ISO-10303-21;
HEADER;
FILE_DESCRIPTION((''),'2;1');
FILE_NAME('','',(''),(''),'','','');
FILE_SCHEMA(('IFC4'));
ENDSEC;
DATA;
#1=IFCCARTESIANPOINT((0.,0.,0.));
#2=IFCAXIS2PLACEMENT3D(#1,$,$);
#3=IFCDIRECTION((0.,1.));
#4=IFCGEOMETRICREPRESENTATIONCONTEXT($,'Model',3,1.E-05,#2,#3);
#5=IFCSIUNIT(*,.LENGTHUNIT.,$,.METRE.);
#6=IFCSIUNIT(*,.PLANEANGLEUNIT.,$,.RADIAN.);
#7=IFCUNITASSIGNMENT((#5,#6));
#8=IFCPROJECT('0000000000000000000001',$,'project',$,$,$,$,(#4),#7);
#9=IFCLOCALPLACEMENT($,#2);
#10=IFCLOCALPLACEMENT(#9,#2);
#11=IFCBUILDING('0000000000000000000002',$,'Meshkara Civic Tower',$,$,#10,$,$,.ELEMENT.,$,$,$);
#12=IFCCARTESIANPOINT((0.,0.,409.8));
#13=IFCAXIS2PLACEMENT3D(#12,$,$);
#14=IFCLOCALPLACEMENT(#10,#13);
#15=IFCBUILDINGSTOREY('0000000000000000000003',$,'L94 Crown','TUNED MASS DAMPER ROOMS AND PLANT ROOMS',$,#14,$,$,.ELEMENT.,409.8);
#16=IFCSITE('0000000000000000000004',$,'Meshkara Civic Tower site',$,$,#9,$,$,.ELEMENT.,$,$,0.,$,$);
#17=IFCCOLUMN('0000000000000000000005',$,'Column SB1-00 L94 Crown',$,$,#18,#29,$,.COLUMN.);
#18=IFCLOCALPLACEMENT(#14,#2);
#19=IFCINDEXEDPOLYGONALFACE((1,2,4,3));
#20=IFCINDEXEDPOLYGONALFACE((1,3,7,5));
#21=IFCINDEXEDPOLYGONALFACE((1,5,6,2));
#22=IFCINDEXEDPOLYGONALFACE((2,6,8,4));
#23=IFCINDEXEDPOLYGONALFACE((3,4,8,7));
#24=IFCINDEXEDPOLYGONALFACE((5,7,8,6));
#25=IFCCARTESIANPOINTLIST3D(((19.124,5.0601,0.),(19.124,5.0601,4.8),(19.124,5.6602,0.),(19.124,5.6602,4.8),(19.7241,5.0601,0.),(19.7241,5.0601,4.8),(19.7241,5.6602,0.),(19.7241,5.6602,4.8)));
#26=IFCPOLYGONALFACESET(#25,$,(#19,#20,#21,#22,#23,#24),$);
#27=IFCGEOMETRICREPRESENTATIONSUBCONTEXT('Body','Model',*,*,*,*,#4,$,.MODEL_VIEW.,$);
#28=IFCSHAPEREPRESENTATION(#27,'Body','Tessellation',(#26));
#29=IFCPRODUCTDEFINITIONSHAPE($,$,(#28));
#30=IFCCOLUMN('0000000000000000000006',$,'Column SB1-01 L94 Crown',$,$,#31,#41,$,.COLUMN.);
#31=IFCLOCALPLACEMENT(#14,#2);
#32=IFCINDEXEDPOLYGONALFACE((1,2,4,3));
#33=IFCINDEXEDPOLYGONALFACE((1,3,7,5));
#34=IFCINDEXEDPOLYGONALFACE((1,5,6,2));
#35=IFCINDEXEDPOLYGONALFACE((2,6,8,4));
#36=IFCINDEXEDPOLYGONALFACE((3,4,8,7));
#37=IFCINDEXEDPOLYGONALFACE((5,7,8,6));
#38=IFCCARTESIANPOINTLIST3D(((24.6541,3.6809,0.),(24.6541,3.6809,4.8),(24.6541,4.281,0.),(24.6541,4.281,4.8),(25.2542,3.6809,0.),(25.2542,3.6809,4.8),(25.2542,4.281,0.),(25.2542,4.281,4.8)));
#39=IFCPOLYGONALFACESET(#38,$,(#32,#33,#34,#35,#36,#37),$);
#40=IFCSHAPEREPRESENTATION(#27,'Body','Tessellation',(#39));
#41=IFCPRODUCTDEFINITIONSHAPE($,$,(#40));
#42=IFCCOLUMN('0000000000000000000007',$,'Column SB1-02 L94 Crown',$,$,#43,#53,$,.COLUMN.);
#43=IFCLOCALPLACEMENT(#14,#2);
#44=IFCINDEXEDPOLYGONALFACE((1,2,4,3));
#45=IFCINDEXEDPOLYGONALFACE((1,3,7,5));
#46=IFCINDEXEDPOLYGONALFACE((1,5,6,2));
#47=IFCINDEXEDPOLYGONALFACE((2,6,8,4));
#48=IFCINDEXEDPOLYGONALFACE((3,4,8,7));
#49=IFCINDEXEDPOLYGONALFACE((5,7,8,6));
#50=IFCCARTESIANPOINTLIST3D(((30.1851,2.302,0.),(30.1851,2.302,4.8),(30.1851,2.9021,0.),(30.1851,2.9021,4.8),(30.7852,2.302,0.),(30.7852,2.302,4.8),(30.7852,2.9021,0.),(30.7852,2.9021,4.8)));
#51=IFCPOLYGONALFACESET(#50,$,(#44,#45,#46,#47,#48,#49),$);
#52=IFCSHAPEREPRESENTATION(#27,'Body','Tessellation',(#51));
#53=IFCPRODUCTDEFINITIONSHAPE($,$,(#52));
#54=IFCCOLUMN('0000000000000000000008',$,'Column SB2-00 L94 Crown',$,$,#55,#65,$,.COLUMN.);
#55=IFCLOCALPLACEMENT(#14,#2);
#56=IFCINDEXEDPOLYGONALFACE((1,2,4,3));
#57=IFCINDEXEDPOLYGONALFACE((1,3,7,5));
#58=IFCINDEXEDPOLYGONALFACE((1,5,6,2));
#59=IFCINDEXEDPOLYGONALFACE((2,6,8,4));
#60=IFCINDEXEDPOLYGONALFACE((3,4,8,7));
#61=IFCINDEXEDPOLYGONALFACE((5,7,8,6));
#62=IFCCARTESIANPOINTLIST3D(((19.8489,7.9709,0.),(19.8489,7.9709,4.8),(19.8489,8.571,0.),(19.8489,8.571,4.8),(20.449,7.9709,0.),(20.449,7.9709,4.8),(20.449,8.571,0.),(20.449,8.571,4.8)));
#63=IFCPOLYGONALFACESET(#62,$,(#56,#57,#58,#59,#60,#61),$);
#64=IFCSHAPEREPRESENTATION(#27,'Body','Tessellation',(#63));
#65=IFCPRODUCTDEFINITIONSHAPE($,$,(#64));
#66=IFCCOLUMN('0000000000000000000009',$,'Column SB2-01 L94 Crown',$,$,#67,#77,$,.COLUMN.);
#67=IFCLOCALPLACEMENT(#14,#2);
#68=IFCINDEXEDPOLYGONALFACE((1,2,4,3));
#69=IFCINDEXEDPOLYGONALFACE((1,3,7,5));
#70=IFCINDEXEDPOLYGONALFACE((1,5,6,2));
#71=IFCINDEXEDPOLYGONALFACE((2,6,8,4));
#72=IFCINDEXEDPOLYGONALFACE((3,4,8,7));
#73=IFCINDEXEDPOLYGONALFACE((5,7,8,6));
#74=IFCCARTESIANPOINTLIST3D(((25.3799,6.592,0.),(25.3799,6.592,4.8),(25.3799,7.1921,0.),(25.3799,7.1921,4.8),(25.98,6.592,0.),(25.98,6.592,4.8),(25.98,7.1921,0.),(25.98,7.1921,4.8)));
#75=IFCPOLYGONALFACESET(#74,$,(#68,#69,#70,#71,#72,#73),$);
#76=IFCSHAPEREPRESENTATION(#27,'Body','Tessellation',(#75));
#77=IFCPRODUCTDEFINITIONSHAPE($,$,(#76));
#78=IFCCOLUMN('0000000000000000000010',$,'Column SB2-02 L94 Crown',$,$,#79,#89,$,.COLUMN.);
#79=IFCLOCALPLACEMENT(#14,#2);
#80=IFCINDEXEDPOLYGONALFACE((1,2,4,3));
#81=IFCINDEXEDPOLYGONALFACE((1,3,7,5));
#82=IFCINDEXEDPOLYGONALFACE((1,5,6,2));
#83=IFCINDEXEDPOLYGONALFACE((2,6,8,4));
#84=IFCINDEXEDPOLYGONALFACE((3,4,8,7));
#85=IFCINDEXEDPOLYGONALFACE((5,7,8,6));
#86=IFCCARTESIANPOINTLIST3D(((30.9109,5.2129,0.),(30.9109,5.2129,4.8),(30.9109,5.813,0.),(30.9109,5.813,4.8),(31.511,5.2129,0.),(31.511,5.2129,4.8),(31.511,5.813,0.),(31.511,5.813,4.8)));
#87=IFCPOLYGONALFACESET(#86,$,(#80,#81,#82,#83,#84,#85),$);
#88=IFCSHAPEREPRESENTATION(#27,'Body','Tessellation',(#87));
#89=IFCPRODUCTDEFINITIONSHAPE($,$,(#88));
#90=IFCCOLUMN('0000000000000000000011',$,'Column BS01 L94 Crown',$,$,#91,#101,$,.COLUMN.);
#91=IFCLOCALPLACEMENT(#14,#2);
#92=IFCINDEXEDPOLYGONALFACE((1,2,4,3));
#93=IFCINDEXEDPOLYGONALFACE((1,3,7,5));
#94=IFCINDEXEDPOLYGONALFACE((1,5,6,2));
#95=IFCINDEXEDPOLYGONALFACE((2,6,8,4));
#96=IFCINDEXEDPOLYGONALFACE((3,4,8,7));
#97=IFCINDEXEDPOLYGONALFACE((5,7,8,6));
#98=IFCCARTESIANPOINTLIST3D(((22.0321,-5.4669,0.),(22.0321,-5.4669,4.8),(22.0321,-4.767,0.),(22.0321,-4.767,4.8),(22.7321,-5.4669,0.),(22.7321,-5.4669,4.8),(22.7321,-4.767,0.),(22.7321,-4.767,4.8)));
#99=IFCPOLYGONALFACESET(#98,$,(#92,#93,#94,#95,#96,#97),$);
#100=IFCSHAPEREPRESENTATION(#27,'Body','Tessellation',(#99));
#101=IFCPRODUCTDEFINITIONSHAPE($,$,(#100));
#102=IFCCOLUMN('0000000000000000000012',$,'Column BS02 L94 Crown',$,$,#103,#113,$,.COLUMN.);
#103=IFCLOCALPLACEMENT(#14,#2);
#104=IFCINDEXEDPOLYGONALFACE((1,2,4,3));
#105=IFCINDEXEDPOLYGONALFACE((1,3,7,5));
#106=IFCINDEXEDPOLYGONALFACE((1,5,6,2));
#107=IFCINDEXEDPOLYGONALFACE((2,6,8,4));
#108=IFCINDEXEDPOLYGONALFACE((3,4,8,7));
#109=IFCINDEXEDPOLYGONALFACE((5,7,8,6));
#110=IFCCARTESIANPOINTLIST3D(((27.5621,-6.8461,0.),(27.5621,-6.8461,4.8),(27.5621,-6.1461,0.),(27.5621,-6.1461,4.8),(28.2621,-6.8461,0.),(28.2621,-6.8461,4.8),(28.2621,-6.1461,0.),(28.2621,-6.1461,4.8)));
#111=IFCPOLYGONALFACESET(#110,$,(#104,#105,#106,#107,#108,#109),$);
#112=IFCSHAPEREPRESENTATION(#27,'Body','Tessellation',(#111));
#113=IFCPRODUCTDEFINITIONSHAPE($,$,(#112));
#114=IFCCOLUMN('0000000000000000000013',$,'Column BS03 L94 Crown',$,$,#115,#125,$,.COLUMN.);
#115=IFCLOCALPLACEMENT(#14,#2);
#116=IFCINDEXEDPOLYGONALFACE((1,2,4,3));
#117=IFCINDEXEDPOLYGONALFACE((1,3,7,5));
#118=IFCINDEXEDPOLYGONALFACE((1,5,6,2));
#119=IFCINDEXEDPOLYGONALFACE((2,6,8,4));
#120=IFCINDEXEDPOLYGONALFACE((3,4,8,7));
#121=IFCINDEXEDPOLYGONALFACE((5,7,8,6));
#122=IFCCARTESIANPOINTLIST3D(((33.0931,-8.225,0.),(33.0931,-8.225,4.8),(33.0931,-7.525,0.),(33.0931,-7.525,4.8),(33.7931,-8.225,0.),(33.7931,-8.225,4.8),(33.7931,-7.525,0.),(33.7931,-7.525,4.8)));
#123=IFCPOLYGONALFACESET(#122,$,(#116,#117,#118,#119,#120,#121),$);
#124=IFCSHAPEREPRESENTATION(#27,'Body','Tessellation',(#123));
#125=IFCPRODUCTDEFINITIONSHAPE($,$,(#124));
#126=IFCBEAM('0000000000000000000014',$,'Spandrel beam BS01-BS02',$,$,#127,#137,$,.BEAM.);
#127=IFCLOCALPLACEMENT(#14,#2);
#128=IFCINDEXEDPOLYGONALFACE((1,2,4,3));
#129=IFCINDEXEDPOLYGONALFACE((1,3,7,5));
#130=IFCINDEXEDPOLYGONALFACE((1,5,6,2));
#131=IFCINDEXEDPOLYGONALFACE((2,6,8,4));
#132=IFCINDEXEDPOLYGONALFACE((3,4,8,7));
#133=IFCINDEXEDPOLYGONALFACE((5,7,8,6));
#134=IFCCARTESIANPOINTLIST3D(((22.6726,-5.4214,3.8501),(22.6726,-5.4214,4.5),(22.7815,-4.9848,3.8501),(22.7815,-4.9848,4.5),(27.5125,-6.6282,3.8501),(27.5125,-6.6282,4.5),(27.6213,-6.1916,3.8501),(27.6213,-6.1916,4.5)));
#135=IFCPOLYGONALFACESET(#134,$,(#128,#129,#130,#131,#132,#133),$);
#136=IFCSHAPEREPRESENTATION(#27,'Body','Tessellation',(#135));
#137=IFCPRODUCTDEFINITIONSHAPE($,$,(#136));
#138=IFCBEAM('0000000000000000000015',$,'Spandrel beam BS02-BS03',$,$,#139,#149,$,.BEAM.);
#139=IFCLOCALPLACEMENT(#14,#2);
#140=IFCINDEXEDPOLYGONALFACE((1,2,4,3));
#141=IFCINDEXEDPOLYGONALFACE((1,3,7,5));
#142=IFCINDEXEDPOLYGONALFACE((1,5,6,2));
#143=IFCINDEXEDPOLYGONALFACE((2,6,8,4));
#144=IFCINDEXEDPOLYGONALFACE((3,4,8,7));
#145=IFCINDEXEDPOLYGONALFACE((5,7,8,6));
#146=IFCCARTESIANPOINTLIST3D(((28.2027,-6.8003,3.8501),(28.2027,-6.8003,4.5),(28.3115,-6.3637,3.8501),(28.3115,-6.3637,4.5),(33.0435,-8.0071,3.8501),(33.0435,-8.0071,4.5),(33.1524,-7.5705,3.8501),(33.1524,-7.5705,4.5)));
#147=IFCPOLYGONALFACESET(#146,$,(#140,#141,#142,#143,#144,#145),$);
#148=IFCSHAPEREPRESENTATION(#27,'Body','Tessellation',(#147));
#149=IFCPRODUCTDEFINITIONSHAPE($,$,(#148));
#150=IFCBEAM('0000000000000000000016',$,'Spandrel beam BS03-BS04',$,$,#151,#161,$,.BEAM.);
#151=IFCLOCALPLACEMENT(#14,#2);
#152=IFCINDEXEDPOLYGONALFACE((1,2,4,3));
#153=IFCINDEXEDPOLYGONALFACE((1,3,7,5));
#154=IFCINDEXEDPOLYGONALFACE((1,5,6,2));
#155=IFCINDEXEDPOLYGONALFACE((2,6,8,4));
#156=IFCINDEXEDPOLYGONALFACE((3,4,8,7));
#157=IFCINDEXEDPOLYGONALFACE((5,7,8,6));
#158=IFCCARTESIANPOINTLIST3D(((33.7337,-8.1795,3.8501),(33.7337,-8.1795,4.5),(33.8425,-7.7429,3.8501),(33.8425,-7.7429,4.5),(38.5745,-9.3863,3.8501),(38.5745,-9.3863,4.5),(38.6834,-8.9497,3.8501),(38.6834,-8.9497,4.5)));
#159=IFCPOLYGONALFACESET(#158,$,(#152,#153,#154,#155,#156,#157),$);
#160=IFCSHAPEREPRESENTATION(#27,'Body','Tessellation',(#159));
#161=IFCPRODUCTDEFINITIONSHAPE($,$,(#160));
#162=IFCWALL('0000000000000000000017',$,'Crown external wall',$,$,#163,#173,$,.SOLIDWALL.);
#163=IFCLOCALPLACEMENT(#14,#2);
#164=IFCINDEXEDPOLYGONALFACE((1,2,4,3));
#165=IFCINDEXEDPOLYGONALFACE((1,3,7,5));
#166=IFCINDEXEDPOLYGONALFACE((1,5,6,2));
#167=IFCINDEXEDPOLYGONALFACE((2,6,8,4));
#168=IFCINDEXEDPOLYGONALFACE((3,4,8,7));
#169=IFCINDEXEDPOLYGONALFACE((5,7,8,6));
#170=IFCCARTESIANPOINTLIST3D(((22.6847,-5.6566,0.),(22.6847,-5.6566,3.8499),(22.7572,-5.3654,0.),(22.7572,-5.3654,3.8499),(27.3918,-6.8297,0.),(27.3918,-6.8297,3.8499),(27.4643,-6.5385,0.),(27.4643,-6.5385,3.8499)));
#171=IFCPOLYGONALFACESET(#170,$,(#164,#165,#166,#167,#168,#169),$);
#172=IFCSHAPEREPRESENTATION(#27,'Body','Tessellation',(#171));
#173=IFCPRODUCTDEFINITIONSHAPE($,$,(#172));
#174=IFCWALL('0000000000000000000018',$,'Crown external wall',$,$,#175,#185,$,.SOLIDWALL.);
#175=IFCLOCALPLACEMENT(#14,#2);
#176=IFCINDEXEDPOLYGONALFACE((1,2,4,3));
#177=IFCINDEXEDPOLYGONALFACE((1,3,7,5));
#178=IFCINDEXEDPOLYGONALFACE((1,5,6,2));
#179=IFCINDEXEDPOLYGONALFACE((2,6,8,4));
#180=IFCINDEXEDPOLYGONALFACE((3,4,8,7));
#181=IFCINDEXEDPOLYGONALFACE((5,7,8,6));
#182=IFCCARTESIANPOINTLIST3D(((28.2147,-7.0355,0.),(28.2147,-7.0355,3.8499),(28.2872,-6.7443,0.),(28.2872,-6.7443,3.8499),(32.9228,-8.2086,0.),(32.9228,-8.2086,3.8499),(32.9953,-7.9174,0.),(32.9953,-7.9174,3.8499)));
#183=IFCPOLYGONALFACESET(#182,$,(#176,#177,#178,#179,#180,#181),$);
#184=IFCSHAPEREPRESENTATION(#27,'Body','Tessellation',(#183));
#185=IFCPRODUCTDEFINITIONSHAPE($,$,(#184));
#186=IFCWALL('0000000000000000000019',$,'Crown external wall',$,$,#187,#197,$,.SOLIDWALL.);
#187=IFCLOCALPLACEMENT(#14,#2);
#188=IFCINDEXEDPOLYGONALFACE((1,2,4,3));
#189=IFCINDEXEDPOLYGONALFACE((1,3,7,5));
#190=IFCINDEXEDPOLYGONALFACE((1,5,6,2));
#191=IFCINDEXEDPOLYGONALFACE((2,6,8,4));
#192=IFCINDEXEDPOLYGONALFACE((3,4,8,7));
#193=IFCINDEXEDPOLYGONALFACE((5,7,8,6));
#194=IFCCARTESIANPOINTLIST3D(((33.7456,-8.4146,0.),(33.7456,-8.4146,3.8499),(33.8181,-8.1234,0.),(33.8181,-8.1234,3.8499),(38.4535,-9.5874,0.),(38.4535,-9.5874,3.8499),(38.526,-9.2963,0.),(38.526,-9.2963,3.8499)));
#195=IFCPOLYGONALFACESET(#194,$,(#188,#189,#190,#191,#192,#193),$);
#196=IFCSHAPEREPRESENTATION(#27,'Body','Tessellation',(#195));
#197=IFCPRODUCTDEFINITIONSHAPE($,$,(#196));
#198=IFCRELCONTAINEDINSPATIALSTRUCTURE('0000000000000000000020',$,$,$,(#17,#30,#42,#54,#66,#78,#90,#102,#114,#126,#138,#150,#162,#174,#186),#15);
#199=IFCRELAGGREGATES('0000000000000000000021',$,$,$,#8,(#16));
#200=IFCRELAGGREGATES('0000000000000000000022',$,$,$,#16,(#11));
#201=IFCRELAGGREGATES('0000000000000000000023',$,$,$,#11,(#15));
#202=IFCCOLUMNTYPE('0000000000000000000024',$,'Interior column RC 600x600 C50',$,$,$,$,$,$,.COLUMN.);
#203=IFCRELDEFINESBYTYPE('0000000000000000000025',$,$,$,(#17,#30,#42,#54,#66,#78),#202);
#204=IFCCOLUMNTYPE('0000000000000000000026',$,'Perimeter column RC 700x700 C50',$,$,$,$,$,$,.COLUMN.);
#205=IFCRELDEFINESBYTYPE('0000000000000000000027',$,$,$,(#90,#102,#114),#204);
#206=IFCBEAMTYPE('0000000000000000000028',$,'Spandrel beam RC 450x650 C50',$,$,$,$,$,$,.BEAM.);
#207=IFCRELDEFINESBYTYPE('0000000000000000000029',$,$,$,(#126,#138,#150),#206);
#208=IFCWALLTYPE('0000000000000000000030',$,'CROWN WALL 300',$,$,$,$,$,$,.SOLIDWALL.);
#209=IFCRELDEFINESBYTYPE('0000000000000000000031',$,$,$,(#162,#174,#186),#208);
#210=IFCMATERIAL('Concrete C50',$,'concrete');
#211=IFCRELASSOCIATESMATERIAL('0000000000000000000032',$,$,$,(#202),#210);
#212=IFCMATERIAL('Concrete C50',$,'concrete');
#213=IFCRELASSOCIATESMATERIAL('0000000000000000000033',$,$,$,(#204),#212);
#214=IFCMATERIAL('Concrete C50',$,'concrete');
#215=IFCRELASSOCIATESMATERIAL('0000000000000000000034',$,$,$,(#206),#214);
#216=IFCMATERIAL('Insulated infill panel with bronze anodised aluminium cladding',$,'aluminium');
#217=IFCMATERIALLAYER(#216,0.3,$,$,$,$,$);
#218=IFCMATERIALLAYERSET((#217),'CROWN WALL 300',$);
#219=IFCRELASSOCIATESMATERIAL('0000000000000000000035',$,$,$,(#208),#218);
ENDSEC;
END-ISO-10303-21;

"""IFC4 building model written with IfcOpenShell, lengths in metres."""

from ifc_helpers import new_model, si_unit, direction, frame, frame_2d, origin, origin_2d, place, context, subcontext, project, spatial, rectangle, extrude, material, layer, layer_set, material_profile, profile_set, type_object, element, save


model = new_model("IFC4")

# Units and contexts
model_context = context("Model", 3, precision=1e-05, world=origin(), true_north=direction((0.0, 1.0)))
body_context = subcontext(model_context, "Body", "Model", "MODEL_VIEW")
ifc_project = project(units=[si_unit("LENGTHUNIT", "METRE"), si_unit("PLANEANGLEUNIT", "RADIAN")], contexts=[model_context])

# Site, building, storey
site_placement = place(None, origin())
site = spatial("IfcSite", under=ifc_project, at=site_placement, Name="Meshkara Civic Tower site", CompositionType="ELEMENT", RefElevation=0.0)
building_placement = place(site_placement, origin())
building = spatial("IfcBuilding", under=site, at=building_placement, Name="Meshkara Civic Tower", CompositionType="ELEMENT")
storey_placement = place(building_placement, frame((0.0, 0.0, 409.8)))
storey = spatial("IfcBuildingStorey", under=building, at=storey_placement, Name="L94 Crown", Description="TUNED MASS DAMPER ROOMS AND PLANT ROOMS", CompositionType="ELEMENT", Elevation=409.8)

# Columns
ifc_material_1 = material(Name="Concrete C50", Category="concrete")
ifc_material_profile_1 = material_profile(ifc_material_1, rectangle(XDim=0.6001, YDim=0.6001, at=origin_2d()))
ifc_profile_set_1 = profile_set([ifc_material_profile_1], Name="Concrete C50")
column_type_1 = type_object("IfcColumnType", Name="Interior column RC 600x600 C50", PredefinedType="COLUMN", material=ifc_profile_set_1)
for number, where, z_axis, x_axis, name in (
    (1, (19.4241, 5.3601, 0.0), (0.0, 0.0, 1.0), (1.0, 0.0, 0.0), "Column SB1-00 L94 Crown"),
    (2, (24.9541, 3.981, 0.0), (0.0, 0.0, 1.0), (1.0, 0.0, 0.0), "Column SB1-01 L94 Crown"),
    (3, (30.4851, 2.6021, 0.0), (0.0, 0.0, 1.0), (1.0, 0.0, 0.0), "Column SB1-02 L94 Crown"),
    (4, (20.1489, 8.271, 0.0), (0.0, 0.0, 1.0), (1.0, 0.0, 0.0), "Column SB2-00 L94 Crown"),
    (5, (25.6799, 6.8921, 0.0), (0.0, 0.0, 1.0), (1.0, 0.0, 0.0), "Column SB2-01 L94 Crown"),
    (6, (31.2109, 5.5129, 0.0), (0.0, 0.0, 1.0), (1.0, 0.0, 0.0), "Column SB2-02 L94 Crown"),
):
    element("IfcColumn", number, at=place(storey_placement, frame(where, z_axis=z_axis, x_axis=x_axis)), inside=storey, type_object=column_type_1, Name=name, PredefinedType="COLUMN", context=body_context, shape_type="SweptSolid", body=[
        extrude(rectangle(XDim=0.6001, YDim=0.6001, at=origin_2d()), origin(), (0.0, 0.0, 1.0), 4.8),
    ])
ifc_material_2 = material(Name="Concrete C50", Category="concrete")
ifc_material_profile_2 = material_profile(ifc_material_2, rectangle(XDim=0.7, YDim=0.7, at=origin_2d()))
ifc_profile_set_2 = profile_set([ifc_material_profile_2], Name="Concrete C50")
column_type_2 = type_object("IfcColumnType", Name="Perimeter column RC 700x700 C50", PredefinedType="COLUMN", material=ifc_profile_set_2)
for number, where, z_axis, x_axis, name in (
    (7, (22.3821, -5.1169, 0.0), (0.0, 0.0, 1.0), (1.0, 0.0, 0.0), "Column BS01 L94 Crown"),
    (8, (27.9121, -6.4961, 0.0), (0.0, 0.0, 1.0), (1.0, 0.0, 0.0), "Column BS02 L94 Crown"),
    (9, (33.4431, -7.875, 0.0), (0.0, 0.0, 1.0), (1.0, 0.0, 0.0), "Column BS03 L94 Crown"),
):
    element("IfcColumn", number, at=place(storey_placement, frame(where, z_axis=z_axis, x_axis=x_axis)), inside=storey, type_object=column_type_2, Name=name, PredefinedType="COLUMN", context=body_context, shape_type="SweptSolid", body=[
        extrude(rectangle(XDim=0.7, YDim=0.7, at=origin_2d()), origin(), (0.0, 0.0, 1.0), 4.8),
    ])

# Beams
ifc_material_3 = material(Name="Concrete C50", Category="concrete")
ifc_material_profile_3 = material_profile(ifc_material_3, rectangle(XDim=0.45, YDim=0.6499, at=origin_2d()))
ifc_profile_set_3 = profile_set([ifc_material_profile_3], Name="Concrete C50")
beam_type = type_object("IfcBeamType", Name="Spandrel beam RC 450x650 C50", PredefinedType="BEAM", material=ifc_profile_set_3)
beam_placement = place(storey_placement, frame((22.7271, -5.2031, 4.175), z_axis=(0.970292, -0.241937, 0.0), x_axis=(0.241937, 0.970292, 0.0)))
element("IfcBeam", 10, at=beam_placement, inside=storey, type_object=beam_type, Name="Spandrel beam BS01-BS02", PredefinedType="BEAM", context=body_context, shape_type="SweptSolid", body=[
    extrude(rectangle(XDim=0.45, YDim=0.6499, at=origin_2d()), origin(), (0.0, 0.0, 1.0), 4.988),
])
for number, where, z_axis, x_axis, name in (
    (11, (28.2571, -6.582, 4.175), (0.970303, -0.241891, 0.0), (0.241891, 0.970303, 0.0), "Spandrel beam BS02-BS03"),
    (12, (33.7881, -7.9612, 4.175), (0.970303, -0.241891, 0.0), (0.241891, 0.970303, 0.0), "Spandrel beam BS03-BS04"),
):
    element("IfcBeam", number, at=place(storey_placement, frame(where, z_axis=z_axis, x_axis=x_axis)), inside=storey, type_object=beam_type, Name=name, PredefinedType="BEAM", context=body_context, shape_type="SweptSolid", body=[
        extrude(rectangle(XDim=0.45, YDim=0.6499, at=origin_2d()), origin(), (0.0, 0.0, 1.0), 4.989),
    ])

# Walls
ifc_material_4 = material(Name="Insulated infill panel with bronze anodised aluminium cladding", Category="aluminium")
ifc_layer_1 = layer(ifc_material_4, 0.3)
ifc_layer_set_1 = layer_set([ifc_layer_1], Name="CROWN WALL 300")
wall_type_1 = type_object("IfcWallType", Name="CROWN WALL 300", PredefinedType="SOLIDWALL", material=ifc_layer_set_1)
wall_1_placement = place(storey_placement, frame((22.7209, -5.511, 0.0), z_axis=(0.0, 0.0, 1.0), x_axis=(0.97032, -0.241825, 0.0)))
element("IfcWall", 13, at=wall_1_placement, inside=storey, type_object=wall_type_1, Name="Crown external wall", PredefinedType="SOLIDWALL", context=body_context, shape_type="SweptSolid", body=[
    extrude(rectangle(XDim=4.8511, YDim=0.3, at=frame_2d((2.4255, 0.0))), origin(), (0.0, 0.0, 1.0), 3.8499),
])
wall_2_placement = place(storey_placement, frame((28.251, -6.8899, 0.0), z_axis=(0.0, 0.0, 1.0), x_axis=(0.970332, -0.241778, 0.0)))
element("IfcWall", 14, at=wall_2_placement, inside=storey, type_object=wall_type_1, Name="Crown external wall", PredefinedType="SOLIDWALL", context=body_context, shape_type="SweptSolid", body=[
    extrude(rectangle(XDim=4.8521, YDim=0.3, at=frame_2d((2.426, 0.0))), origin(), (0.0, 0.0, 1.0), 3.8499),
])
wall_3_placement = place(storey_placement, frame((33.782, -8.269, 0.0), z_axis=(0.0, 0.0, 1.0), x_axis=(0.970343, -0.24173, 0.0)))
element("IfcWall", 15, at=wall_3_placement, inside=storey, type_object=wall_type_1, Name="Crown external wall", PredefinedType="SOLIDWALL", context=body_context, shape_type="SweptSolid", body=[
    extrude(rectangle(XDim=4.8518, YDim=0.3, at=frame_2d((2.4258, 0.0))), origin(), (0.0, 0.0, 1.0), 3.8499),
])

save(model, "model.ifc")
